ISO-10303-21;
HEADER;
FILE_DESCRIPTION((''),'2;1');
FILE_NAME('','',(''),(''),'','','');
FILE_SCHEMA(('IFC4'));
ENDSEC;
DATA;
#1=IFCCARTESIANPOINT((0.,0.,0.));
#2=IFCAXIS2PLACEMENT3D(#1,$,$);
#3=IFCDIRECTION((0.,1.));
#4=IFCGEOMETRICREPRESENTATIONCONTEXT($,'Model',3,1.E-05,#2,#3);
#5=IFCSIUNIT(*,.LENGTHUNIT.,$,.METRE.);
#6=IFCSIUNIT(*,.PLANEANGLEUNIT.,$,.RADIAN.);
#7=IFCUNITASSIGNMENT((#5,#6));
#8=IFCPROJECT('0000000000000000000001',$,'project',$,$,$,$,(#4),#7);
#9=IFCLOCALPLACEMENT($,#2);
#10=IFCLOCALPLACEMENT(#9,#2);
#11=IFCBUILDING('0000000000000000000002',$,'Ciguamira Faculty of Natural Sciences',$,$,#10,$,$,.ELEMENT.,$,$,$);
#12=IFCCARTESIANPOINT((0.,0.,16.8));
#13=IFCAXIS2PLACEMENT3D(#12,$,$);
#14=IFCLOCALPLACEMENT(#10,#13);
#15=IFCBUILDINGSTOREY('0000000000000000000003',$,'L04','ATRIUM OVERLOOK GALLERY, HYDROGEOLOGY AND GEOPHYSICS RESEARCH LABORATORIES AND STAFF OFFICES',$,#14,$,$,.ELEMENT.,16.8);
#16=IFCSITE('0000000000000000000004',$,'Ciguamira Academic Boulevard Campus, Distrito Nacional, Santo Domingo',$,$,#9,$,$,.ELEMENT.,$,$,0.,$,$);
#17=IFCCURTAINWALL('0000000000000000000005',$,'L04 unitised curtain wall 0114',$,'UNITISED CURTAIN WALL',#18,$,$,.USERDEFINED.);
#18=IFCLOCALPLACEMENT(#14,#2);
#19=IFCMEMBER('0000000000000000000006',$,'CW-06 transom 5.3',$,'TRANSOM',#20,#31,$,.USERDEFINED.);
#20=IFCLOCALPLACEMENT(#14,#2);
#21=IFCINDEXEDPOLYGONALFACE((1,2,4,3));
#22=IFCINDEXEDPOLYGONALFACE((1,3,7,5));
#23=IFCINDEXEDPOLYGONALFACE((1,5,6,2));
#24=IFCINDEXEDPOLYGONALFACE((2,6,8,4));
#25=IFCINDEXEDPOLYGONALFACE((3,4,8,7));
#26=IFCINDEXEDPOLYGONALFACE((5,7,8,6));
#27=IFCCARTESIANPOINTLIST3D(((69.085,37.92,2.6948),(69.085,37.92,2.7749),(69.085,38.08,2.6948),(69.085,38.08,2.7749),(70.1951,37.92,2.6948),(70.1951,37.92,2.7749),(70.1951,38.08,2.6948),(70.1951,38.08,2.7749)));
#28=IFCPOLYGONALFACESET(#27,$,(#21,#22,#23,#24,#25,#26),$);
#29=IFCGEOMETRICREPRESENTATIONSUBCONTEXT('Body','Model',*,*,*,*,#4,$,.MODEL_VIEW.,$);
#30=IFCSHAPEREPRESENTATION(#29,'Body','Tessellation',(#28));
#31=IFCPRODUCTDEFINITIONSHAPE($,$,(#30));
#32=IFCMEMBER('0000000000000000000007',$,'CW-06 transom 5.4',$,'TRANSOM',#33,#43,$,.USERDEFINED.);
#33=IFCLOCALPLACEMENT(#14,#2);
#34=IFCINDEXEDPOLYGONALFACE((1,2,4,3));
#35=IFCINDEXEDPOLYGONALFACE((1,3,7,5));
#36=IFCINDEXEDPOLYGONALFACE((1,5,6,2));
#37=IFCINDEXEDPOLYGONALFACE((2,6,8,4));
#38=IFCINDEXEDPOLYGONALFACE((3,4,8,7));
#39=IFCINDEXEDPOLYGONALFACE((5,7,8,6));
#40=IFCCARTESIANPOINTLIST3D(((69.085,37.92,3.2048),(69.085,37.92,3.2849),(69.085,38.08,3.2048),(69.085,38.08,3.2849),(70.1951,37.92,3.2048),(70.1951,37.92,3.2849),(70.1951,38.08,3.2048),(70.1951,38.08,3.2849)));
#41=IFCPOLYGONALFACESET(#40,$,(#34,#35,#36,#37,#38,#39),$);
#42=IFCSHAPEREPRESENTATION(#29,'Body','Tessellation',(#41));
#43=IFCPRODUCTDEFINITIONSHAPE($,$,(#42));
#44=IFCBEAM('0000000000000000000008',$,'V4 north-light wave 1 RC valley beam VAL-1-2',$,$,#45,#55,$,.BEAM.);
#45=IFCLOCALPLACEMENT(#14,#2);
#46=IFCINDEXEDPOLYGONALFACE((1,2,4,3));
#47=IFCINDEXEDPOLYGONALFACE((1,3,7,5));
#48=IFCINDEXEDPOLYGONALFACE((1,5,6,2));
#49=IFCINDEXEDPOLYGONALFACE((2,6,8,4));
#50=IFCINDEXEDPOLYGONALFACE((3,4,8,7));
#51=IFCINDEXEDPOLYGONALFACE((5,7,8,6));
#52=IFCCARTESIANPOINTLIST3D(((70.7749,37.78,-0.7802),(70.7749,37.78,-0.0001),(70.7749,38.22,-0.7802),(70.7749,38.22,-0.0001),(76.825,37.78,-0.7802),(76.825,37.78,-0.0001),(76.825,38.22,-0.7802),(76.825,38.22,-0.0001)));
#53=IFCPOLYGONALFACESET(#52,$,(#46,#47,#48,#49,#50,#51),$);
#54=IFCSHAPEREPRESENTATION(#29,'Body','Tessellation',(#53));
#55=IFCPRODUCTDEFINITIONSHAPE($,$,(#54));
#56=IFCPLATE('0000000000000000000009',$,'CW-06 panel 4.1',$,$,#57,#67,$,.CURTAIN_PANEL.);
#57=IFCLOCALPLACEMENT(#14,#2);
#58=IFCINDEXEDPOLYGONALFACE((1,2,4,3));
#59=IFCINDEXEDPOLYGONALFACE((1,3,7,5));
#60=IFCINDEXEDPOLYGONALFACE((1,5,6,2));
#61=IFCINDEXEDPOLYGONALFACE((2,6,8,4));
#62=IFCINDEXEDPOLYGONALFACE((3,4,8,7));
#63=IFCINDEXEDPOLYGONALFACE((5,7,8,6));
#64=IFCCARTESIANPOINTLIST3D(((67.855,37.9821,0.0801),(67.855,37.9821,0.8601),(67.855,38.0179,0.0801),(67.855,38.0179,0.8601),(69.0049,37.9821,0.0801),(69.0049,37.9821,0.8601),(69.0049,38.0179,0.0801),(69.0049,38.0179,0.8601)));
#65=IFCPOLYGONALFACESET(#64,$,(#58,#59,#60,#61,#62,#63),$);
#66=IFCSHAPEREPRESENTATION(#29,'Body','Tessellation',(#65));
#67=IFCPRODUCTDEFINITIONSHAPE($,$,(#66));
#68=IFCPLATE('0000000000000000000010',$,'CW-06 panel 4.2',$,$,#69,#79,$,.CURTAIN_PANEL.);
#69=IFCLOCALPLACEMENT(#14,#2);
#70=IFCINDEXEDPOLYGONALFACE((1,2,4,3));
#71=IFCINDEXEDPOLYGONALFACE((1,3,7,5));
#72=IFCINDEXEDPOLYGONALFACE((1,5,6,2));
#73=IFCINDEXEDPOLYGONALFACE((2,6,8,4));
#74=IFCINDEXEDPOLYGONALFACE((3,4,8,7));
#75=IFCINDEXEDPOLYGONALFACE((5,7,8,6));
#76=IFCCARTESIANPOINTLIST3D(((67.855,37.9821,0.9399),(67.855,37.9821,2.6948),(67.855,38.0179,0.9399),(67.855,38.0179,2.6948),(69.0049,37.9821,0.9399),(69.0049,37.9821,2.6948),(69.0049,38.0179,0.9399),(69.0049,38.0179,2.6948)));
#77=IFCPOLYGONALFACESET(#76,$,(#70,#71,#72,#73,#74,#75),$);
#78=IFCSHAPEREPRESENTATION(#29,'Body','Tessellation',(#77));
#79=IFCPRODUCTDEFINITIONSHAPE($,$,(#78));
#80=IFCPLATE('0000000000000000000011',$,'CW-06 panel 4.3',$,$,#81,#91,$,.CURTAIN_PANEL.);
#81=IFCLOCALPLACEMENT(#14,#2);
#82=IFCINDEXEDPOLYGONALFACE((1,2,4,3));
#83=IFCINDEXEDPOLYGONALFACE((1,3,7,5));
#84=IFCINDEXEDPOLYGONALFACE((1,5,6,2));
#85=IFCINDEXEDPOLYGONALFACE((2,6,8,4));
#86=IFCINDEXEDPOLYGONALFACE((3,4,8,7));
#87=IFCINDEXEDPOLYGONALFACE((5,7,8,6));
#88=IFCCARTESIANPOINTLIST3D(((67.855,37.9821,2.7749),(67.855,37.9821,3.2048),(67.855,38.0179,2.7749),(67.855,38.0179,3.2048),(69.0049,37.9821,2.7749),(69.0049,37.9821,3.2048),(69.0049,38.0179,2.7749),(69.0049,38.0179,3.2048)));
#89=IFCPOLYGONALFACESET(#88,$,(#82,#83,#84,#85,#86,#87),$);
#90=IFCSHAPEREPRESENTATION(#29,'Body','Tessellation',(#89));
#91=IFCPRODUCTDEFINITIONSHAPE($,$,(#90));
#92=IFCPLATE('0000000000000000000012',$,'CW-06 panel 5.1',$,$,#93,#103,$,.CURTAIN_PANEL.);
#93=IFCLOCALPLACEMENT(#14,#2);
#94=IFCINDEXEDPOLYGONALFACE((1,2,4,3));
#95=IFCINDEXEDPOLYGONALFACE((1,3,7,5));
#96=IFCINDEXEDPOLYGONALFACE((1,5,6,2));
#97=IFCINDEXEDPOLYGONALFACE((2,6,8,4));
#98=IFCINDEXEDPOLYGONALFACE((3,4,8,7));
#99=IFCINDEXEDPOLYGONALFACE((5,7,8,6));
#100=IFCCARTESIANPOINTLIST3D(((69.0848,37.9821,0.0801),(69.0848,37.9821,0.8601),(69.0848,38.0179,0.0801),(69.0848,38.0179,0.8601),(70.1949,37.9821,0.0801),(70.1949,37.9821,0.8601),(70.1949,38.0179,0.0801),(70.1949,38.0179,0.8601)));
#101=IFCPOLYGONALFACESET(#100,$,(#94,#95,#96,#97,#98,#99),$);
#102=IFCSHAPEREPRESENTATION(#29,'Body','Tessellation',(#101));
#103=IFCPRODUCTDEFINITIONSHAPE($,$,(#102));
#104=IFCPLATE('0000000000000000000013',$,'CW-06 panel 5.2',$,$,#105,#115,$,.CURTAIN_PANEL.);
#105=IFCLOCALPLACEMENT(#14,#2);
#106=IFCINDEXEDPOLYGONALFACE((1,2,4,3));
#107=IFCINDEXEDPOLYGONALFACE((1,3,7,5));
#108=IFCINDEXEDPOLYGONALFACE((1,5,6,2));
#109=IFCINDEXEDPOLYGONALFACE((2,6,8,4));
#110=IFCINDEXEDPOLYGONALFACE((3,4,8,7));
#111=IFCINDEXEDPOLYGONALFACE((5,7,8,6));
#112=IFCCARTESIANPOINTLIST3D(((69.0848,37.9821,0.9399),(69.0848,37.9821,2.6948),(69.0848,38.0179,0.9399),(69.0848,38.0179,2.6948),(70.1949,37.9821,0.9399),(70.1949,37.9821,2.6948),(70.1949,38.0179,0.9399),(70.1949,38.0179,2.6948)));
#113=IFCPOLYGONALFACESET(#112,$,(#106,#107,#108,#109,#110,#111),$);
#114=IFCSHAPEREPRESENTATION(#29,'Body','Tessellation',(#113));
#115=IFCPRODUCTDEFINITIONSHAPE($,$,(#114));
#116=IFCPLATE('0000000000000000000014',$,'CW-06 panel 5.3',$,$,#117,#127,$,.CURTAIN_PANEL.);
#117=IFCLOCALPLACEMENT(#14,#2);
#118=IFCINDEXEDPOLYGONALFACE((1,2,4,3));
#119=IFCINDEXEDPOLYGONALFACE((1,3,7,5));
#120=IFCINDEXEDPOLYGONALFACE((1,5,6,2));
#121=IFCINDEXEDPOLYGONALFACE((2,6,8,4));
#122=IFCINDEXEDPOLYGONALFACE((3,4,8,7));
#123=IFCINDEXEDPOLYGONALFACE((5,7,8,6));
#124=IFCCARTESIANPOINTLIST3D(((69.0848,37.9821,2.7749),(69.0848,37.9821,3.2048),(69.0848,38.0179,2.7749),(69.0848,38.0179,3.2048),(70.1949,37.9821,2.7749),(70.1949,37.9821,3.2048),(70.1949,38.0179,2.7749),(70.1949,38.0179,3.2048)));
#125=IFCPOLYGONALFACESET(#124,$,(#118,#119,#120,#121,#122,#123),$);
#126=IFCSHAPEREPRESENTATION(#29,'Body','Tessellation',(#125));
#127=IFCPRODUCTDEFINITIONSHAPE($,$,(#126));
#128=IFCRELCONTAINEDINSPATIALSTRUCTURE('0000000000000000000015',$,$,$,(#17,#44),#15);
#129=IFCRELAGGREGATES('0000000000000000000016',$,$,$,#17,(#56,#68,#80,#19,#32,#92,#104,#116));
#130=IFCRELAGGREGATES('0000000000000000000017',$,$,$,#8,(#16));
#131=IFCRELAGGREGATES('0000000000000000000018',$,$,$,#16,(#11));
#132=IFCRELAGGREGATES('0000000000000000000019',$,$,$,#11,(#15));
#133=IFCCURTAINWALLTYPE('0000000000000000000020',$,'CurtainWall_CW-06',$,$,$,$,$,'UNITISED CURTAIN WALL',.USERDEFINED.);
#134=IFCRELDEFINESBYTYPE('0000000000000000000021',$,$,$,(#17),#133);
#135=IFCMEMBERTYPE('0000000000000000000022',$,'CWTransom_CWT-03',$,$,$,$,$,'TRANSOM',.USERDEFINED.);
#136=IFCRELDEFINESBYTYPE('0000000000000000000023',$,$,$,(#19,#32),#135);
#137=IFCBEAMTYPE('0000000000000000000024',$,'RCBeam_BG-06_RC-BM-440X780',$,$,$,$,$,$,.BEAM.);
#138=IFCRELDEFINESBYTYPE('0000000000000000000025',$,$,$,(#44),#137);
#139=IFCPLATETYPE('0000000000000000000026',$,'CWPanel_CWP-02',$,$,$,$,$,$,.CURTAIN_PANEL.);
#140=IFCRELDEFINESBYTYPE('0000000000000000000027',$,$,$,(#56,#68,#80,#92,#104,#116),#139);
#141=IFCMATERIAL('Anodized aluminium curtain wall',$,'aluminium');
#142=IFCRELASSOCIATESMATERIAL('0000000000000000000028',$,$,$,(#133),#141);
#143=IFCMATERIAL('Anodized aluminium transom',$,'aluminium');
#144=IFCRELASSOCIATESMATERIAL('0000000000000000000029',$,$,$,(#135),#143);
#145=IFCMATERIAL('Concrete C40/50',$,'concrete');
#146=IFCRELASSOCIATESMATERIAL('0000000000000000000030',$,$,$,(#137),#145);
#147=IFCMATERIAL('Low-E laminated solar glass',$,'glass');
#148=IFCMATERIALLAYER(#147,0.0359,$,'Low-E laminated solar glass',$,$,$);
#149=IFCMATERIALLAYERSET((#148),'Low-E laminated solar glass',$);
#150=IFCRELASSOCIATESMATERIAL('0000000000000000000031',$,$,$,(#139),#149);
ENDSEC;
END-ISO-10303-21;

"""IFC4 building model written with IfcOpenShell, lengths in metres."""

from ifc_helpers import new_model, si_unit, direction, frame, origin, origin_2d, place, context, subcontext, project, spatial, rectangle, extrude, material, layer, layer_set, material_profile, profile_set, type_object, element, aggregate, save


model = new_model("IFC4")

# Units and contexts
model_context = context("Model", 3, precision=1e-05, world=origin(), true_north=direction((0.0, 1.0)))
body_context = subcontext(model_context, "Body", "Model", "MODEL_VIEW")
ifc_project = project(units=[si_unit("LENGTHUNIT", "METRE"), si_unit("PLANEANGLEUNIT", "RADIAN")], contexts=[model_context])

# Site, building, storey
site_placement = place(None, origin())
site = spatial("IfcSite", under=ifc_project, at=site_placement, Name="Ciguamira Academic Boulevard Campus, Distrito Nacional, Santo Domingo", CompositionType="ELEMENT", RefElevation=0.0)
building_placement = place(site_placement, origin())
building = spatial("IfcBuilding", under=site, at=building_placement, Name="Ciguamira Faculty of Natural Sciences", CompositionType="ELEMENT")
storey_placement = place(building_placement, frame((0.0, 0.0, 16.8)))
storey = spatial("IfcBuildingStorey", under=building, at=storey_placement, Name="L04", Description="ATRIUM OVERLOOK GALLERY, HYDROGEOLOGY AND GEOPHYSICS RESEARCH LABORATORIES AND STAFF OFFICES", CompositionType="ELEMENT", Elevation=16.8)

# Shared definitions
ifc_material_1 = material(Name="Concrete C40/50", Category="concrete")

# Shared definitions
ifc_material_2 = material(Name="Anodized aluminium curtain wall", Category="aluminium")

# Curtain wall
curtain_wall_type_1 = type_object("IfcCurtainWallType", Name="CurtainWall_CW-06", ElementType="UNITISED CURTAIN WALL", PredefinedType="USERDEFINED", material=ifc_material_2)
curtain_wall_1_placement = place(storey_placement, origin())
curtain_wall_1 = element("IfcCurtainWall", 1, at=curtain_wall_1_placement, inside=storey, type_object=curtain_wall_type_1, Name="L04 unitised curtain wall 0114", ObjectType="UNITISED CURTAIN WALL", PredefinedType="USERDEFINED")

# Members
ifc_material_3 = material(Name="Anodized aluminium transom", Category="aluminium")
ifc_material_profile_1 = material_profile(ifc_material_3, rectangle(XDim=0.0801, YDim=0.1599, at=origin_2d()), Name="ALU-TRN-80X160")
ifc_profile_set_1 = profile_set([ifc_material_profile_1], Name="Anodized aluminium transom")
member_type_1 = type_object("IfcMemberType", Name="CWTransom_CWT-03", ElementType="TRANSOM", PredefinedType="USERDEFINED", material=ifc_profile_set_1)
member_1_placement = place(storey_placement, frame((69.085, 38.0, 2.7349), z_axis=(1.0, 0.0, 0.0), x_axis=(0.0, 0.0, 1.0)))
member_1 = element("IfcMember", 2, at=member_1_placement, type_object=member_type_1, Name="CW-06 transom 5.3", ObjectType="TRANSOM", PredefinedType="USERDEFINED", context=body_context, shape_type="SweptSolid", body=[
    extrude(rectangle(XDim=0.0801, YDim=0.1599, at=origin_2d()), origin(), (0.0, 0.0, 1.0), 1.1101),
])
member_2_placement = place(storey_placement, frame((69.085, 38.0, 3.2449), z_axis=(1.0, 0.0, 0.0), x_axis=(0.0, 0.0, 1.0)))
member_2 = element("IfcMember", 3, at=member_2_placement, type_object=member_type_1, Name="CW-06 transom 5.4", ObjectType="TRANSOM", PredefinedType="USERDEFINED", context=body_context, shape_type="SweptSolid", body=[
    extrude(rectangle(XDim=0.0801, YDim=0.1599, at=origin_2d()), origin(), (0.0, 0.0, 1.0), 1.1101),
])

# Beam
ifc_material_profile_2 = material_profile(ifc_material_1, rectangle(XDim=0.4399, YDim=0.78, at=origin_2d()), Name="RC-BM-440X780")
ifc_profile_set_2 = profile_set([ifc_material_profile_2], Name="Concrete C40/50")
beam_type = type_object("IfcBeamType", Name="RCBeam_BG-06_RC-BM-440X780", PredefinedType="BEAM", material=ifc_profile_set_2)
beam_placement = place(storey_placement, frame((70.7749, 38.0, -0.3901), z_axis=(1.0, 0.0, 0.0), x_axis=(0.0, 1.0, 0.0)))
element("IfcBeam", 4, at=beam_placement, inside=storey, type_object=beam_type, Name="V4 north-light wave 1 RC valley beam VAL-1-2", PredefinedType="BEAM", context=body_context, shape_type="SweptSolid", body=[
    extrude(rectangle(XDim=0.4399, YDim=0.78, at=origin_2d()), origin(), (0.0, 0.0, 1.0), 6.05),
])

# Plates
ifc_material_4 = material(Name="Low-E laminated solar glass", Category="glass")
ifc_layer = layer(ifc_material_4, 0.0359, Name="Low-E laminated solar glass")
ifc_layer_set = layer_set([ifc_layer], Name="Low-E laminated solar glass")
plate_type = type_object("IfcPlateType", Name="CWPanel_CWP-02", PredefinedType="CURTAIN_PANEL", material=ifc_layer_set)
plate_1_placement = place(storey_placement, frame((68.4299, 38.0, 0.0801), z_axis=(0.0, 0.0, 1.0), x_axis=(1.0, 0.0, 0.0)))
plate_1 = element("IfcPlate", 5, at=plate_1_placement, type_object=plate_type, Name="CW-06 panel 4.1", PredefinedType="CURTAIN_PANEL", context=body_context, shape_type="SweptSolid", body=[
    extrude(rectangle(XDim=1.1499, YDim=0.0359, at=origin_2d()), origin(), (0.0, 0.0, 1.0), 0.78),
])
plate_2_placement = place(storey_placement, frame((68.4299, 38.0, 0.9399), z_axis=(0.0, 0.0, 1.0), x_axis=(1.0, 0.0, 0.0)))
plate_2 = element("IfcPlate", 6, at=plate_2_placement, type_object=plate_type, Name="CW-06 panel 4.2", PredefinedType="CURTAIN_PANEL", context=body_context, shape_type="SweptSolid", body=[
    extrude(rectangle(XDim=1.1499, YDim=0.0359, at=origin_2d()), origin(), (0.0, 0.0, 1.0), 1.7549),
])
plate_3_placement = place(storey_placement, frame((68.4299, 38.0, 2.7749), z_axis=(0.0, 0.0, 1.0), x_axis=(1.0, 0.0, 0.0)))
plate_3 = element("IfcPlate", 7, at=plate_3_placement, type_object=plate_type, Name="CW-06 panel 4.3", PredefinedType="CURTAIN_PANEL", context=body_context, shape_type="SweptSolid", body=[
    extrude(rectangle(XDim=1.1499, YDim=0.0359, at=origin_2d()), origin(), (0.0, 0.0, 1.0), 0.4299),
])
plate_4_placement = place(storey_placement, frame((69.6399, 38.0, 0.0801), z_axis=(0.0, 0.0, 1.0), x_axis=(1.0, 0.0, 0.0)))
plate_4 = element("IfcPlate", 8, at=plate_4_placement, type_object=plate_type, Name="CW-06 panel 5.1", PredefinedType="CURTAIN_PANEL", context=body_context, shape_type="SweptSolid", body=[
    extrude(rectangle(XDim=1.1101, YDim=0.0359, at=origin_2d()), origin(), (0.0, 0.0, 1.0), 0.78),
])
plate_5_placement = place(storey_placement, frame((69.6399, 38.0, 0.9399), z_axis=(0.0, 0.0, 1.0), x_axis=(1.0, 0.0, 0.0)))
plate_5 = element("IfcPlate", 9, at=plate_5_placement, type_object=plate_type, Name="CW-06 panel 5.2", PredefinedType="CURTAIN_PANEL", context=body_context, shape_type="SweptSolid", body=[
    extrude(rectangle(XDim=1.1101, YDim=0.0359, at=origin_2d()), origin(), (0.0, 0.0, 1.0), 1.7549),
])
plate_6_placement = place(storey_placement, frame((69.6399, 38.0, 2.7749), z_axis=(0.0, 0.0, 1.0), x_axis=(1.0, 0.0, 0.0)))
plate_6 = element("IfcPlate", 10, at=plate_6_placement, type_object=plate_type, Name="CW-06 panel 5.3", PredefinedType="CURTAIN_PANEL", context=body_context, shape_type="SweptSolid", body=[
    extrude(rectangle(XDim=1.1101, YDim=0.0359, at=origin_2d()), origin(), (0.0, 0.0, 1.0), 0.4299),
])
aggregate(curtain_wall_1, [plate_1, plate_2, plate_3, member_1, member_2, plate_4, plate_5, plate_6])

save(model, "model.ifc")
